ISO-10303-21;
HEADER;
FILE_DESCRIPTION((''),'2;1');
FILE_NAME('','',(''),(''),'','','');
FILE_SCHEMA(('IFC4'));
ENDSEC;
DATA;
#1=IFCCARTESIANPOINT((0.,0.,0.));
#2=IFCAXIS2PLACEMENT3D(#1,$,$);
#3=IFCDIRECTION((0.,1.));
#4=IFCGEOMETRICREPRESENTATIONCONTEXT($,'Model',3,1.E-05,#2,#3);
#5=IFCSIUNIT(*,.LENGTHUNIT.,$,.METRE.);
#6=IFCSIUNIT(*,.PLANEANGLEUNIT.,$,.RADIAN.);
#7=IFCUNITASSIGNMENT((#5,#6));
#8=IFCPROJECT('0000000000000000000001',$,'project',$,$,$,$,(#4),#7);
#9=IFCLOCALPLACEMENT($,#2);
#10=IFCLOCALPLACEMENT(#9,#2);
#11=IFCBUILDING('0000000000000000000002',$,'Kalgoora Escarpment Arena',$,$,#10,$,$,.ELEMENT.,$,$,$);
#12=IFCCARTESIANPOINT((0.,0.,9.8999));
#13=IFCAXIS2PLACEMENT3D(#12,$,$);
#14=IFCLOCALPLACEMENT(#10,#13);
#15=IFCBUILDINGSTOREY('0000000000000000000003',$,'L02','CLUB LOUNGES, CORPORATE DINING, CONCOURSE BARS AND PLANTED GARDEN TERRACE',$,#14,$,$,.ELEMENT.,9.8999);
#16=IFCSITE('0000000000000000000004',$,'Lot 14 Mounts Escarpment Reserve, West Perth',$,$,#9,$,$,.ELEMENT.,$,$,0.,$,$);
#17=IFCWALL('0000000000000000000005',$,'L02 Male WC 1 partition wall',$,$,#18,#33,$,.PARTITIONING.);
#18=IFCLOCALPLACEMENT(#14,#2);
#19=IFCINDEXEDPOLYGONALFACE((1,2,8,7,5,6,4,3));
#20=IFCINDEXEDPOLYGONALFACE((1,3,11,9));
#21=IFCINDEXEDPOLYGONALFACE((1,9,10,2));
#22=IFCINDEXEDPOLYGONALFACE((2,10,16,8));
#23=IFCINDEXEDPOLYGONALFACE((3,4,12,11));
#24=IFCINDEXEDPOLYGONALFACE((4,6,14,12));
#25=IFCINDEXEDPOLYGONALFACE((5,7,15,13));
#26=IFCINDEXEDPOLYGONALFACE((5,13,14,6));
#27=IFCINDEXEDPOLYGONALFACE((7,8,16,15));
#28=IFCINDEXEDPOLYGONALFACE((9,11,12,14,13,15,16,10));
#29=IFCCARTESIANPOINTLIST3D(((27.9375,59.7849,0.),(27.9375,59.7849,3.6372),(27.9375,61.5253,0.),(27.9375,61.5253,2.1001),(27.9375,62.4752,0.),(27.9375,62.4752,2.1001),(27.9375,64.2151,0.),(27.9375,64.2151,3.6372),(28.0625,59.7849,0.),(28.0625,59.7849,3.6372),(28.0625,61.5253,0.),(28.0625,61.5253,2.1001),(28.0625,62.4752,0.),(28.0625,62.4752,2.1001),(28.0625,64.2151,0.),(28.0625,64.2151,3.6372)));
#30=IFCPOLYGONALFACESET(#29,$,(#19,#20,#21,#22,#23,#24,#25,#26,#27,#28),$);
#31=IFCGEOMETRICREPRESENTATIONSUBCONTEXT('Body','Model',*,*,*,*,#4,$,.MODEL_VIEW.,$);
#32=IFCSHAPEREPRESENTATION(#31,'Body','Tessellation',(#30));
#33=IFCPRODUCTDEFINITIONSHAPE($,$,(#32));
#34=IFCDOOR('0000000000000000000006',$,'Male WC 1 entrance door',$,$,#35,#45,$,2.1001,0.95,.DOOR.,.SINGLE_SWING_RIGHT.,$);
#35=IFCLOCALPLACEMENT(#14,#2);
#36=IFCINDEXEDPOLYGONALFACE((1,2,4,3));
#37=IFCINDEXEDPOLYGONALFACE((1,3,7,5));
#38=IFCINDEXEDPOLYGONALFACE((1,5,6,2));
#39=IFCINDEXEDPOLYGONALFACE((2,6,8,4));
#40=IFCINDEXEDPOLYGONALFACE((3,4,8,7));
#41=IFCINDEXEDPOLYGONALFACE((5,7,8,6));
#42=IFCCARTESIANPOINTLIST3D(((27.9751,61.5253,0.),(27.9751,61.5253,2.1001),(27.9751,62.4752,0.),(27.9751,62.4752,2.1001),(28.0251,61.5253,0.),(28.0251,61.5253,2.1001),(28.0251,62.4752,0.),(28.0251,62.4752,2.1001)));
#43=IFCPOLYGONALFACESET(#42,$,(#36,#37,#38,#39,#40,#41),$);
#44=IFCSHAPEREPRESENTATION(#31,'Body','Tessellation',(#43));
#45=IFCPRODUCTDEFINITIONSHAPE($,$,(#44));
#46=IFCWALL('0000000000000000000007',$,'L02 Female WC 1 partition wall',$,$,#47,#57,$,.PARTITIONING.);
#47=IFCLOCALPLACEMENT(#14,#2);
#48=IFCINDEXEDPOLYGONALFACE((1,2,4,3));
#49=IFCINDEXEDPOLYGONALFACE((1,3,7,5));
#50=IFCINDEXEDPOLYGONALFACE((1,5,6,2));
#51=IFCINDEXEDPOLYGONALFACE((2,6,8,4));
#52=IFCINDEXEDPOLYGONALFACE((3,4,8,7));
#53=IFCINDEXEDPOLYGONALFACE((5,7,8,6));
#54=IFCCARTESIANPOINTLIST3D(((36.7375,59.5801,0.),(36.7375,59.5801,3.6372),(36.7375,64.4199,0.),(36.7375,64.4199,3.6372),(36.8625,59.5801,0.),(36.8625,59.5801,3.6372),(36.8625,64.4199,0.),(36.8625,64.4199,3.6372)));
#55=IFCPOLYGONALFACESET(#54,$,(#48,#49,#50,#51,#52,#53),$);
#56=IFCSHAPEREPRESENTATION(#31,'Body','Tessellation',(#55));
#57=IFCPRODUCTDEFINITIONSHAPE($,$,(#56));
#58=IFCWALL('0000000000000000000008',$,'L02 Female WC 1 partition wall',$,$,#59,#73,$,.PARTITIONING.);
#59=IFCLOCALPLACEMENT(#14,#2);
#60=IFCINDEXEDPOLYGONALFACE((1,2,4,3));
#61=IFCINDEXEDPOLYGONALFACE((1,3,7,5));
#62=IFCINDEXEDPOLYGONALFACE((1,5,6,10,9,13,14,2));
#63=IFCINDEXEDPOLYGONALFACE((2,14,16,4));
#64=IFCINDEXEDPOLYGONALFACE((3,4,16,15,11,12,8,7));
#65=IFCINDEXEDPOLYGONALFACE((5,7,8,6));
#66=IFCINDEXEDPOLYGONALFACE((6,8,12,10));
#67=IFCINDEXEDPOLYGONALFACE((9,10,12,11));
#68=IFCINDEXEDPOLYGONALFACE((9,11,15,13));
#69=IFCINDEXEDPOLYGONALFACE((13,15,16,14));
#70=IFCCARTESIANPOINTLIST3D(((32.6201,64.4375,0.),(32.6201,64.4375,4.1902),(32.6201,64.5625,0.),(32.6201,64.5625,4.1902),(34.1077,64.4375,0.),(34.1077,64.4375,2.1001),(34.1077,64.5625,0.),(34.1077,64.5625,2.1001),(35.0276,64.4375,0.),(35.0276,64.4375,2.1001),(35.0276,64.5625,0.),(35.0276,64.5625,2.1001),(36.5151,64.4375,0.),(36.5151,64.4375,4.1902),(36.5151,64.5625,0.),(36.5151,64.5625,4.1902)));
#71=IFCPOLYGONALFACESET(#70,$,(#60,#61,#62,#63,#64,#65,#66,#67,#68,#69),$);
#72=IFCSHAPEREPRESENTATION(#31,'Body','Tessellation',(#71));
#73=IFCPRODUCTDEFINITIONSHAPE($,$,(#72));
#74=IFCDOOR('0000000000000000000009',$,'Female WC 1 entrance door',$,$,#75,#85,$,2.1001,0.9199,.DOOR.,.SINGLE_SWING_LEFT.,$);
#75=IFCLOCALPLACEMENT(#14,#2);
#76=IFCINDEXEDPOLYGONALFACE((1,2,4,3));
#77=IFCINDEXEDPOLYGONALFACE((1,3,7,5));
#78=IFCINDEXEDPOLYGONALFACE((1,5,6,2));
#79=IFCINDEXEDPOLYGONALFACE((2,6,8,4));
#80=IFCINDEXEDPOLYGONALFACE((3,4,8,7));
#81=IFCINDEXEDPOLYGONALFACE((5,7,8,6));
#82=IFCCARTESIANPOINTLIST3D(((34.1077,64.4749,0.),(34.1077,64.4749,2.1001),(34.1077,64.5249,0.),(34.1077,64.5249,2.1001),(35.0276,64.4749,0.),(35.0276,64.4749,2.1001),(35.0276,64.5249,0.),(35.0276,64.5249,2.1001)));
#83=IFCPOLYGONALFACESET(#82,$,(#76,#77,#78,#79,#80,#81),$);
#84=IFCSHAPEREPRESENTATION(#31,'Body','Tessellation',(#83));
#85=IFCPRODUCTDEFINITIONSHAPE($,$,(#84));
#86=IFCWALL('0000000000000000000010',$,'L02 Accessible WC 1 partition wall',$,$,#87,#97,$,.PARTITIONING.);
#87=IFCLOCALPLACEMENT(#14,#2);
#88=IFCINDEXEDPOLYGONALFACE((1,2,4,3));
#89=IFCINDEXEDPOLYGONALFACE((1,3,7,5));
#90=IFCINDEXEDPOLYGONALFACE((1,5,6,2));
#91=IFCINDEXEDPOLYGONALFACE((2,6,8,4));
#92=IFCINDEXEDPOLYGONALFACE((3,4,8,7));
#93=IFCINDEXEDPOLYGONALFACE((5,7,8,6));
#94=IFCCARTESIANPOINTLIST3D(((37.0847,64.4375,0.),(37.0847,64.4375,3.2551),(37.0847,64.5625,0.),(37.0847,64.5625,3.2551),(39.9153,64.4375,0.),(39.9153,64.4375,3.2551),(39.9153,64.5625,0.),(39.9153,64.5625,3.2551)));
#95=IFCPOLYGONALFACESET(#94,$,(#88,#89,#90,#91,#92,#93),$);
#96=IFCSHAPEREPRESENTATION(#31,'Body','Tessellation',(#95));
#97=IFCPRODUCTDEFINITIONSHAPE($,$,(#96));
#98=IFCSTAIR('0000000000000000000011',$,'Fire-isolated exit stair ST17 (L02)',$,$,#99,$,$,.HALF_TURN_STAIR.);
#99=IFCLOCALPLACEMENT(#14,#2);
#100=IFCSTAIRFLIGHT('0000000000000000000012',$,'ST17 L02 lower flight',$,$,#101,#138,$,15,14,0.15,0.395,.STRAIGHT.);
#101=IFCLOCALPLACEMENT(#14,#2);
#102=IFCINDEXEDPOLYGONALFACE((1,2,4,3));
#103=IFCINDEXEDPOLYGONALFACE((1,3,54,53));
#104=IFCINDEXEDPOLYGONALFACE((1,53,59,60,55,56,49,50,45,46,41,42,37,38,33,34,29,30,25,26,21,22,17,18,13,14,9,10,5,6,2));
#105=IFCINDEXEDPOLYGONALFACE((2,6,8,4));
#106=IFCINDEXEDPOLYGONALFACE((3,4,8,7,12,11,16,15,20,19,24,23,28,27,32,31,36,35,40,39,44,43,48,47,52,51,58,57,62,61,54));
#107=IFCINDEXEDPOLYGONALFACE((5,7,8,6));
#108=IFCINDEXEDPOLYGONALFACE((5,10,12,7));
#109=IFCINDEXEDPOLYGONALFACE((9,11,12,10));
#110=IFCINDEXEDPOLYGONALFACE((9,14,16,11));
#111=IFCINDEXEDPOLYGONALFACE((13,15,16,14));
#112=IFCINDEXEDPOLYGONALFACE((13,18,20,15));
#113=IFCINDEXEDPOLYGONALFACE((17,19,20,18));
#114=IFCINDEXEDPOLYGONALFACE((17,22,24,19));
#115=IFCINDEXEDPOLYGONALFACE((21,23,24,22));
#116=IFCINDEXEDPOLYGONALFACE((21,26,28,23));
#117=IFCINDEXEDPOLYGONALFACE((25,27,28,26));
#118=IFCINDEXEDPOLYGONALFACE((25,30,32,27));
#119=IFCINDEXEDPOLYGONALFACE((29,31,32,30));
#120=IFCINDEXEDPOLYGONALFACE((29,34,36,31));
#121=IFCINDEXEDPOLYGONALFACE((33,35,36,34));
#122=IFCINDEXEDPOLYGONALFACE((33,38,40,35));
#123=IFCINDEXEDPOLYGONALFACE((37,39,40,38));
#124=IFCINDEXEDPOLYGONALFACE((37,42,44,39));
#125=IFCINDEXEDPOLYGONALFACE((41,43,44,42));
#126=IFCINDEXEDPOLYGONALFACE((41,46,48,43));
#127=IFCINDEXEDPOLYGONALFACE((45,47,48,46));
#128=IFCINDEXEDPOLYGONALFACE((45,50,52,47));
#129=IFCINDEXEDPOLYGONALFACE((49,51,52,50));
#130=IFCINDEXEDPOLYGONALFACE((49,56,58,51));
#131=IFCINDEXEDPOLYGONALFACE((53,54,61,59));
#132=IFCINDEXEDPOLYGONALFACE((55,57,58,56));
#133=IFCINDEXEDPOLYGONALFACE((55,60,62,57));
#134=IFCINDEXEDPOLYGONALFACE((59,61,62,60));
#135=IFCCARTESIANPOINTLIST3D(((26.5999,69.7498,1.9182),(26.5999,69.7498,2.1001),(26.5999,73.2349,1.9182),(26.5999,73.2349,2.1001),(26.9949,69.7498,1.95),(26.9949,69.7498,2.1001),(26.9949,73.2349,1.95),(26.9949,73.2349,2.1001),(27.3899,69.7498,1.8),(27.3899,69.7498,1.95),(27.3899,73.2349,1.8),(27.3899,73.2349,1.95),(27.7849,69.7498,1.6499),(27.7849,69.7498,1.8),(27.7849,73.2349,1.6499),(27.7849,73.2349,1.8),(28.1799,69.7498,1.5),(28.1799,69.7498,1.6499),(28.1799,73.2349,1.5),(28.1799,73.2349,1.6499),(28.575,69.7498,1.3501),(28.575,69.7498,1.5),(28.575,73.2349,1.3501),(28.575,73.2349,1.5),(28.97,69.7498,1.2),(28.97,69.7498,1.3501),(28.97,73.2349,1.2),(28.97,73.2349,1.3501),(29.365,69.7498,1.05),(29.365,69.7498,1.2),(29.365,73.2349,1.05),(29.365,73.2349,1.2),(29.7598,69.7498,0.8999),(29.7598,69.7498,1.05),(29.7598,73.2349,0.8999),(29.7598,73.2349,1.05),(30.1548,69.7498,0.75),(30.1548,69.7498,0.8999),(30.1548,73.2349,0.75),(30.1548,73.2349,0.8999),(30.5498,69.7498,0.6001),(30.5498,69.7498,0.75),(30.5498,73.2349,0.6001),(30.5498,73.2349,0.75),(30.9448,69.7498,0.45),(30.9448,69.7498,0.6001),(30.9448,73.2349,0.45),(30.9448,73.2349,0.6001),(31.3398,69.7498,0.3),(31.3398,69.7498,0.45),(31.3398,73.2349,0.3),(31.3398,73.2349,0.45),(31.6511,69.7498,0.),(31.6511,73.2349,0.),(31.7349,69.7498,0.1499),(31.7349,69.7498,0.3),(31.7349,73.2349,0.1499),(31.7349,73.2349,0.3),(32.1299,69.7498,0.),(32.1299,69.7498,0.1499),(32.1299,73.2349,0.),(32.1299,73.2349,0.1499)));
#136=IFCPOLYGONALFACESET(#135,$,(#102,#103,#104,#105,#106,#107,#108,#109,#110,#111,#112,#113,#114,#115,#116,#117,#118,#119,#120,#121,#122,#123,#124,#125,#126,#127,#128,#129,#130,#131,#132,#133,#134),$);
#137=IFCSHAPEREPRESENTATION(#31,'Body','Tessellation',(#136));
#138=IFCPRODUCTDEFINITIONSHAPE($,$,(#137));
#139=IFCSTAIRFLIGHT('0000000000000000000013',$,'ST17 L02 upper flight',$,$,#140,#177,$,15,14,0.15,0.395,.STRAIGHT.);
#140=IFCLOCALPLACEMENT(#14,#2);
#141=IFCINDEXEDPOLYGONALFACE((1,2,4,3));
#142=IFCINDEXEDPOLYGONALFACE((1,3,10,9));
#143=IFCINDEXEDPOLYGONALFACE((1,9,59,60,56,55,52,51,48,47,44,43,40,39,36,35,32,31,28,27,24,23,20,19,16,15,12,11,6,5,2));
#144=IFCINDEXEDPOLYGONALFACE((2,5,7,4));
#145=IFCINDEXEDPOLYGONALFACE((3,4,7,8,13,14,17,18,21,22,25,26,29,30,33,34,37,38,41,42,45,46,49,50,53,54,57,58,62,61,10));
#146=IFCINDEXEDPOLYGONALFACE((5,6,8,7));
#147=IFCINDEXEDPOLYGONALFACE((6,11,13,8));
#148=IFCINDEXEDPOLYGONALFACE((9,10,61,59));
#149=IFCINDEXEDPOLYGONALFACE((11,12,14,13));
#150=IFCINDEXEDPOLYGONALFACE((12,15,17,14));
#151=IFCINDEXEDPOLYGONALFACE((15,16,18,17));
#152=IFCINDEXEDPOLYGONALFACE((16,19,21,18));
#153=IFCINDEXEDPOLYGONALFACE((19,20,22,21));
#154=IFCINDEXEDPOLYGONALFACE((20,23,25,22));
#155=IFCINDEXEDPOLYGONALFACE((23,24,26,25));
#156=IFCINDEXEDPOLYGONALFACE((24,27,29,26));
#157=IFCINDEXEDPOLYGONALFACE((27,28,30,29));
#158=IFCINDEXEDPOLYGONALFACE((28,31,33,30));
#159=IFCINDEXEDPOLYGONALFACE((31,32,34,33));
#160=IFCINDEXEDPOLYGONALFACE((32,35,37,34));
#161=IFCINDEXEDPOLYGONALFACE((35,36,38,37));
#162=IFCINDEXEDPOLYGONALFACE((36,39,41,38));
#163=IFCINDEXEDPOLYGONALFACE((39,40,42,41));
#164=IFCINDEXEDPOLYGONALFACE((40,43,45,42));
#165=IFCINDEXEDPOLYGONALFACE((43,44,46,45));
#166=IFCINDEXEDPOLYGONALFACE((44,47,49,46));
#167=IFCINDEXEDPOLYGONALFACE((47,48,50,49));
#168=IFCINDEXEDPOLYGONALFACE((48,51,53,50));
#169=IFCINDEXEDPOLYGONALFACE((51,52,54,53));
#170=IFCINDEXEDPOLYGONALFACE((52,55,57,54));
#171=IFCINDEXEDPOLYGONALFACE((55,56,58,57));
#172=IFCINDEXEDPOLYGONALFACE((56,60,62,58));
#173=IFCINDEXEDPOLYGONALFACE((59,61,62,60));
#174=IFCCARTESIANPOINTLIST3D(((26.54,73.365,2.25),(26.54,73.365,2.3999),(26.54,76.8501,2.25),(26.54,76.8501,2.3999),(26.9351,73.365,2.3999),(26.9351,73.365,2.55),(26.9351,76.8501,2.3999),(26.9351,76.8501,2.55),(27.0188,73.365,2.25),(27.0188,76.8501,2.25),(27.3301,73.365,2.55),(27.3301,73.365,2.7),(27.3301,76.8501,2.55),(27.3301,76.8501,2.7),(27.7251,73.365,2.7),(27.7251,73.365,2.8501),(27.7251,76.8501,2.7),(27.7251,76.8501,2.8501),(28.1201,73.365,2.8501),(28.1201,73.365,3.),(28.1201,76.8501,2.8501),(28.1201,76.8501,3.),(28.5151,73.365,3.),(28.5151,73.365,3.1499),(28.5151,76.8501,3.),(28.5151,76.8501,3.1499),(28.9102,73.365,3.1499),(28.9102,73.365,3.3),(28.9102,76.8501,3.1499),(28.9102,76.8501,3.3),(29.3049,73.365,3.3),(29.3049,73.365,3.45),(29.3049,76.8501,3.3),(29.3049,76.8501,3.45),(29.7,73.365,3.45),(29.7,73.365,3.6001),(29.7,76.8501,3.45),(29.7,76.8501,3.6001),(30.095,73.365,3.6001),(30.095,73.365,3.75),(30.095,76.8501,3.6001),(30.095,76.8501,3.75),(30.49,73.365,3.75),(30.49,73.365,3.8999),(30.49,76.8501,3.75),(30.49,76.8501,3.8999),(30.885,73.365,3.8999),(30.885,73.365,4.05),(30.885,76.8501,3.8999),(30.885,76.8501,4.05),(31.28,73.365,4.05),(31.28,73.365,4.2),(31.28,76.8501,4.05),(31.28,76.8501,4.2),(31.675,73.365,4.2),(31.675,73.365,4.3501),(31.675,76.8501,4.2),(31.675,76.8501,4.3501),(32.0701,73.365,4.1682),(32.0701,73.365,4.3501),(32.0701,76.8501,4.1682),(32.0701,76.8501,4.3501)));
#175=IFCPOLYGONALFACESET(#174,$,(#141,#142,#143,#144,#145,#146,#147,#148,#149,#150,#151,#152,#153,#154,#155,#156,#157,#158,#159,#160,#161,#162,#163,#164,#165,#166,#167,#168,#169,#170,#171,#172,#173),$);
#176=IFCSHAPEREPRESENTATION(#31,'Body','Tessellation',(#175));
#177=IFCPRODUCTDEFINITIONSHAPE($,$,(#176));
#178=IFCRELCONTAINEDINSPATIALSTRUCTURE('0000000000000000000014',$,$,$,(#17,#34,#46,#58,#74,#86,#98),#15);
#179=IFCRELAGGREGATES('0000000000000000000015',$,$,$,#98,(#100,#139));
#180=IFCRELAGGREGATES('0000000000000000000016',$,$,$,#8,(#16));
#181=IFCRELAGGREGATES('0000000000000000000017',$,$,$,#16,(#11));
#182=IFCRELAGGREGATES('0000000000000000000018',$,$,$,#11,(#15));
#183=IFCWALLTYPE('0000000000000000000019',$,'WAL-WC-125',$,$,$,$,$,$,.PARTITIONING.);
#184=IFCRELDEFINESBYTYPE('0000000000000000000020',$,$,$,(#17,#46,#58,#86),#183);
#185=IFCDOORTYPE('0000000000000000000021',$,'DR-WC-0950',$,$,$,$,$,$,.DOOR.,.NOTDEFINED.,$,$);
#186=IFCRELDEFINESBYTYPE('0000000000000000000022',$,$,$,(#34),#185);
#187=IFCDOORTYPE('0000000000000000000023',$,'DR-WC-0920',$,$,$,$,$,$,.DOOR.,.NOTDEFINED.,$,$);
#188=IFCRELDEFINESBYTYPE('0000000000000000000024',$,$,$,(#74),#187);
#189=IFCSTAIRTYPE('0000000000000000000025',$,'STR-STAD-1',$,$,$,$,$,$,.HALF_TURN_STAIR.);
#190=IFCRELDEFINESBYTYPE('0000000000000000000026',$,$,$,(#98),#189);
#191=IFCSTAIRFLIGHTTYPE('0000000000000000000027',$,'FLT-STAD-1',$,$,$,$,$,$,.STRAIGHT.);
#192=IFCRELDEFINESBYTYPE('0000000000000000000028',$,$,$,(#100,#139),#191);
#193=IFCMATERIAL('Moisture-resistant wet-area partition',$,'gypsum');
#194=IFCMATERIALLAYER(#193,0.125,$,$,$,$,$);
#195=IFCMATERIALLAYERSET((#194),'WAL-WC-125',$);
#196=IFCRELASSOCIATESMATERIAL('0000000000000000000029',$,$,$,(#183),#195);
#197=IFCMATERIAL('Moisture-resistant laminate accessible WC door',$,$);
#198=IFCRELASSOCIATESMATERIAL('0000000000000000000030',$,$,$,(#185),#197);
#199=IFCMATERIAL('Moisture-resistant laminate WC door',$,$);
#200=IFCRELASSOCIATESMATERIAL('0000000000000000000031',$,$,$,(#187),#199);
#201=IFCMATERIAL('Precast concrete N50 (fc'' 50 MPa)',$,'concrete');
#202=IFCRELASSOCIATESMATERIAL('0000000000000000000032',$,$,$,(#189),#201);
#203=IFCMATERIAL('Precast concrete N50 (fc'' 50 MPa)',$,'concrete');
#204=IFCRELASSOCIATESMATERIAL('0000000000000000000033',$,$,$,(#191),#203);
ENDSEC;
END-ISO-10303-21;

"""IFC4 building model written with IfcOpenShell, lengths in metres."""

from ifc_helpers import new_model, si_unit, direction, frame, frame_2d, origin, place, context, subcontext, project, spatial, polyline, rectangle, outline, extrude, material, layer, layer_set, type_object, element, fill, aggregate, save


model = new_model("IFC4")

# Units and contexts
model_context = context("Model", 3, precision=1e-05, world=origin(), true_north=direction((0.0, 1.0)))
body_context = subcontext(model_context, "Body", "Model", "MODEL_VIEW")
ifc_project = project(units=[si_unit("LENGTHUNIT", "METRE"), si_unit("PLANEANGLEUNIT", "RADIAN")], contexts=[model_context])

# Site, building, storey
site_placement = place(None, origin())
site = spatial("IfcSite", under=ifc_project, at=site_placement, Name="Lot 14 Mounts Escarpment Reserve, West Perth", CompositionType="ELEMENT", RefElevation=0.0)
building_placement = place(site_placement, origin())
building = spatial("IfcBuilding", under=site, at=building_placement, Name="Kalgoora Escarpment Arena", CompositionType="ELEMENT")
storey_placement = place(building_placement, frame((0.0, 0.0, 9.8999)))
storey = spatial("IfcBuildingStorey", under=building, at=storey_placement, Name="L02", Description="CLUB LOUNGES, CORPORATE DINING, CONCOURSE BARS AND PLANTED GARDEN TERRACE", CompositionType="ELEMENT", Elevation=9.8999)

# Shared definitions
ifc_material_1 = material(Name="Moisture-resistant wet-area partition", Category="gypsum")
ifc_layer_1 = layer(ifc_material_1, 0.125)
ifc_layer_set_1 = layer_set([ifc_layer_1], Name="WAL-WC-125")
wall_type_1 = type_object("IfcWallType", Name="WAL-WC-125", PredefinedType="PARTITIONING", material=ifc_layer_set_1)

# Wall, opening, door
wall_1_placement = place(storey_placement, frame((28.0, 59.7849, 0.0), z_axis=(0.0, 0.0, 1.0), x_axis=(0.0, 1.0, 0.0)))
wall_1 = element("IfcWall", 1, at=wall_1_placement, inside=storey, type_object=wall_type_1, Name="L02 Male WC 1 partition wall", PredefinedType="PARTITIONING", context=body_context, shape_type="SweptSolid", body=[
    extrude(rectangle(XDim=4.4302, YDim=0.125, at=frame_2d((2.2151, 0.0))), origin(), (0.0, 0.0, 1.0), 3.6372),
])
opening_1_placement = place(wall_1_placement, frame((1.7402, 0.0, 0.0)))
opening_1 = element("IfcOpeningElement", 2, at=opening_1_placement, cuts=wall_1, PredefinedType="OPENING", context=body_context, shape_type="SweptSolid", body=[
    extrude(rectangle(XDim=0.95, YDim=2.1001, at=frame_2d((0.4751, 1.05))), frame((0.0, 0.0725, 0.0), z_axis=(0.0, -1.0, 0.0), x_axis=(1.0, 0.0, 0.0)), (0.0, 0.0, 1.0), 0.145),
])
ifc_material_2 = material(Name="Moisture-resistant laminate accessible WC door")
door_type_1 = type_object("IfcDoorType", Name="DR-WC-0950", OperationType="NOTDEFINED", PredefinedType="DOOR", material=ifc_material_2)
door_1_placement = place(opening_1_placement, origin())
door_1 = element("IfcDoor", 3, at=door_1_placement, inside=storey, type_object=door_type_1, Name="Male WC 1 entrance door", OperationType="SINGLE_SWING_RIGHT", OverallHeight=2.1001, OverallWidth=0.95, PredefinedType="DOOR", context=body_context, shape_type="SweptSolid", body=[
    extrude(rectangle(XDim=0.95, YDim=2.1001, at=frame_2d((0.4751, 1.05))), frame((0.0, 0.0249, 0.0), z_axis=(0.0, -1.0, 0.0), x_axis=(1.0, 0.0, 0.0)), (0.0, 0.0, 1.0), 0.05),
])
fill(opening_1, door_1)

# Wall
wall_2_placement = place(storey_placement, frame((36.8, 64.4199, 0.0), z_axis=(0.0, 0.0, 1.0), x_axis=(0.0, -1.0, 0.0)))
element("IfcWall", 4, at=wall_2_placement, inside=storey, type_object=wall_type_1, Name="L02 Female WC 1 partition wall", PredefinedType="PARTITIONING", context=body_context, shape_type="SweptSolid", body=[
    extrude(rectangle(XDim=4.8398, YDim=0.125, at=frame_2d((2.4199, 0.0))), origin(), (0.0, 0.0, 1.0), 3.6372),
])

# Wall, opening, door
wall_3_placement = place(storey_placement, frame((32.6201, 64.5, 0.0), z_axis=(0.0, 0.0, 1.0), x_axis=(1.0, 0.0, 0.0)))
wall_3 = element("IfcWall", 5, at=wall_3_placement, inside=storey, type_object=wall_type_1, Name="L02 Female WC 1 partition wall", PredefinedType="PARTITIONING", context=body_context, shape_type="SweptSolid", body=[
    extrude(rectangle(XDim=3.895, YDim=0.125, at=frame_2d((1.9475, 0.0))), origin(), (0.0, 0.0, 1.0), 4.1902),
])
opening_2_placement = place(wall_3_placement, frame((1.4875, 0.0, 0.0)))
opening_2 = element("IfcOpeningElement", 6, at=opening_2_placement, cuts=wall_3, PredefinedType="OPENING", context=body_context, shape_type="SweptSolid", body=[
    extrude(rectangle(XDim=0.9199, YDim=2.1001, at=frame_2d((0.46, 1.05))), frame((0.0, 0.0725, 0.0), z_axis=(0.0, -1.0, 0.0), x_axis=(1.0, 0.0, 0.0)), (0.0, 0.0, 1.0), 0.145),
])
ifc_material_3 = material(Name="Moisture-resistant laminate WC door")
door_type_2 = type_object("IfcDoorType", Name="DR-WC-0920", OperationType="NOTDEFINED", PredefinedType="DOOR", material=ifc_material_3)
door_2_placement = place(opening_2_placement, origin())
door_2 = element("IfcDoor", 7, at=door_2_placement, inside=storey, type_object=door_type_2, Name="Female WC 1 entrance door", OperationType="SINGLE_SWING_LEFT", OverallHeight=2.1001, OverallWidth=0.9199, PredefinedType="DOOR", context=body_context, shape_type="SweptSolid", body=[
    extrude(rectangle(XDim=0.9199, YDim=2.1001, at=frame_2d((0.46, 1.05))), frame((0.0, 0.0249, 0.0), z_axis=(0.0, -1.0, 0.0), x_axis=(1.0, 0.0, 0.0)), (0.0, 0.0, 1.0), 0.05),
])
fill(opening_2, door_2)

# Wall
wall_4_placement = place(storey_placement, frame((37.0847, 64.5, 0.0), z_axis=(0.0, 0.0, 1.0), x_axis=(1.0, 0.0, 0.0)))
element("IfcWall", 8, at=wall_4_placement, inside=storey, type_object=wall_type_1, Name="L02 Accessible WC 1 partition wall", PredefinedType="PARTITIONING", context=body_context, shape_type="SweptSolid", body=[
    extrude(rectangle(XDim=2.8306, YDim=0.125, at=frame_2d((1.4153, 0.0))), origin(), (0.0, 0.0, 1.0), 3.2551),
])

# Stair, stair flights
ifc_material_4 = material(Name="Precast concrete N50 (fc' 50 MPa)", Category="concrete")
stair_type = type_object("IfcStairType", Name="STR-STAD-1", PredefinedType="HALF_TURN_STAIR", material=ifc_material_4)
stair_placement = place(storey_placement, origin())
stair = element("IfcStair", 9, at=stair_placement, inside=storey, type_object=stair_type, Name="Fire-isolated exit stair ST17 (L02)", PredefinedType="HALF_TURN_STAIR")
ifc_material_5 = material(Name="Precast concrete N50 (fc' 50 MPa)", Category="concrete")
stair_flight_type = type_object("IfcStairFlightType", Name="FLT-STAD-1", PredefinedType="STRAIGHT", material=ifc_material_5)
stair_flight_1_placement = place(storey_placement, frame((32.1299, 71.4924, 0.0), z_axis=(0.0, 0.0, 1.0), x_axis=(-1.0, 0.0, 0.0)))
stair_flight_1 = element("IfcStairFlight", 10, at=stair_flight_1_placement, type_object=stair_flight_type, Name="ST17 L02 lower flight", NumberOfRisers=15, NumberOfTreads=14, PredefinedType="STRAIGHT", RiserHeight=0.15, TreadLength=0.395, context=body_context, shape_type="SweptSolid", body=[
    extrude(outline(polyline([(0.0, 0.0), (0.0, 0.1499), (0.395, 0.1499), (0.395, 0.3), (0.79, 0.3), (0.79, 0.45), (1.1851, 0.45), (1.1851, 0.6001), (1.5801, 0.6001), (1.5801, 0.75), (1.9751, 0.75), (1.9751, 0.8999), (2.3701, 0.8999), (2.3701, 1.05), (2.7649, 1.05), (2.7649, 1.2), (3.1599, 1.2), (3.1599, 1.3501), (3.5549, 1.3501), (3.5549, 1.5), (3.95, 1.5), (3.95, 1.6499), (4.345, 1.6499), (4.345, 1.8), (4.74, 1.8), (4.74, 1.95), (5.135, 1.95), (5.135, 2.1001), (5.53, 2.1001), (5.53, 2.25), (5.53, 1.9182), (0.4788, 0.0), (0.0, 0.0)])), frame((0.0, 1.7427, 0.0), z_axis=(0.0, -1.0, 0.0), x_axis=(1.0, 0.0, 0.0)), (0.0, 0.0, 1.0), 3.4851),
])
stair_flight_2_placement = place(storey_placement, frame((26.54, 75.1074, 2.25), z_axis=(0.0, 0.0, 1.0), x_axis=(1.0, 0.0, 0.0)))
stair_flight_2 = element("IfcStairFlight", 11, at=stair_flight_2_placement, type_object=stair_flight_type, Name="ST17 L02 upper flight", NumberOfRisers=15, NumberOfTreads=14, PredefinedType="STRAIGHT", RiserHeight=0.15, TreadLength=0.395, context=body_context, shape_type="SweptSolid", body=[
    extrude(outline(polyline([(0.0, 0.0), (0.0, 0.1499), (0.395, 0.1499), (0.395, 0.3), (0.79, 0.3), (0.79, 0.45), (1.1851, 0.45), (1.1851, 0.6001), (1.5801, 0.6001), (1.5801, 0.75), (1.9751, 0.75), (1.9751, 0.8999), (2.3701, 0.8999), (2.3701, 1.05), (2.7649, 1.05), (2.7649, 1.2), (3.1599, 1.2), (3.1599, 1.3501), (3.5549, 1.3501), (3.5549, 1.5), (3.95, 1.5), (3.95, 1.6499), (4.345, 1.6499), (4.345, 1.8), (4.74, 1.8), (4.74, 1.95), (5.135, 1.95), (5.135, 2.1001), (5.53, 2.1001), (5.53, 2.25), (5.53, 1.9182), (0.4788, 0.0), (0.0, 0.0)])), frame((0.0, 1.7427, 0.0), z_axis=(0.0, -1.0, 0.0), x_axis=(1.0, 0.0, 0.0)), (0.0, 0.0, 1.0), 3.4851),
])
aggregate(stair, [stair_flight_1, stair_flight_2])

save(model, "model.ifc")
